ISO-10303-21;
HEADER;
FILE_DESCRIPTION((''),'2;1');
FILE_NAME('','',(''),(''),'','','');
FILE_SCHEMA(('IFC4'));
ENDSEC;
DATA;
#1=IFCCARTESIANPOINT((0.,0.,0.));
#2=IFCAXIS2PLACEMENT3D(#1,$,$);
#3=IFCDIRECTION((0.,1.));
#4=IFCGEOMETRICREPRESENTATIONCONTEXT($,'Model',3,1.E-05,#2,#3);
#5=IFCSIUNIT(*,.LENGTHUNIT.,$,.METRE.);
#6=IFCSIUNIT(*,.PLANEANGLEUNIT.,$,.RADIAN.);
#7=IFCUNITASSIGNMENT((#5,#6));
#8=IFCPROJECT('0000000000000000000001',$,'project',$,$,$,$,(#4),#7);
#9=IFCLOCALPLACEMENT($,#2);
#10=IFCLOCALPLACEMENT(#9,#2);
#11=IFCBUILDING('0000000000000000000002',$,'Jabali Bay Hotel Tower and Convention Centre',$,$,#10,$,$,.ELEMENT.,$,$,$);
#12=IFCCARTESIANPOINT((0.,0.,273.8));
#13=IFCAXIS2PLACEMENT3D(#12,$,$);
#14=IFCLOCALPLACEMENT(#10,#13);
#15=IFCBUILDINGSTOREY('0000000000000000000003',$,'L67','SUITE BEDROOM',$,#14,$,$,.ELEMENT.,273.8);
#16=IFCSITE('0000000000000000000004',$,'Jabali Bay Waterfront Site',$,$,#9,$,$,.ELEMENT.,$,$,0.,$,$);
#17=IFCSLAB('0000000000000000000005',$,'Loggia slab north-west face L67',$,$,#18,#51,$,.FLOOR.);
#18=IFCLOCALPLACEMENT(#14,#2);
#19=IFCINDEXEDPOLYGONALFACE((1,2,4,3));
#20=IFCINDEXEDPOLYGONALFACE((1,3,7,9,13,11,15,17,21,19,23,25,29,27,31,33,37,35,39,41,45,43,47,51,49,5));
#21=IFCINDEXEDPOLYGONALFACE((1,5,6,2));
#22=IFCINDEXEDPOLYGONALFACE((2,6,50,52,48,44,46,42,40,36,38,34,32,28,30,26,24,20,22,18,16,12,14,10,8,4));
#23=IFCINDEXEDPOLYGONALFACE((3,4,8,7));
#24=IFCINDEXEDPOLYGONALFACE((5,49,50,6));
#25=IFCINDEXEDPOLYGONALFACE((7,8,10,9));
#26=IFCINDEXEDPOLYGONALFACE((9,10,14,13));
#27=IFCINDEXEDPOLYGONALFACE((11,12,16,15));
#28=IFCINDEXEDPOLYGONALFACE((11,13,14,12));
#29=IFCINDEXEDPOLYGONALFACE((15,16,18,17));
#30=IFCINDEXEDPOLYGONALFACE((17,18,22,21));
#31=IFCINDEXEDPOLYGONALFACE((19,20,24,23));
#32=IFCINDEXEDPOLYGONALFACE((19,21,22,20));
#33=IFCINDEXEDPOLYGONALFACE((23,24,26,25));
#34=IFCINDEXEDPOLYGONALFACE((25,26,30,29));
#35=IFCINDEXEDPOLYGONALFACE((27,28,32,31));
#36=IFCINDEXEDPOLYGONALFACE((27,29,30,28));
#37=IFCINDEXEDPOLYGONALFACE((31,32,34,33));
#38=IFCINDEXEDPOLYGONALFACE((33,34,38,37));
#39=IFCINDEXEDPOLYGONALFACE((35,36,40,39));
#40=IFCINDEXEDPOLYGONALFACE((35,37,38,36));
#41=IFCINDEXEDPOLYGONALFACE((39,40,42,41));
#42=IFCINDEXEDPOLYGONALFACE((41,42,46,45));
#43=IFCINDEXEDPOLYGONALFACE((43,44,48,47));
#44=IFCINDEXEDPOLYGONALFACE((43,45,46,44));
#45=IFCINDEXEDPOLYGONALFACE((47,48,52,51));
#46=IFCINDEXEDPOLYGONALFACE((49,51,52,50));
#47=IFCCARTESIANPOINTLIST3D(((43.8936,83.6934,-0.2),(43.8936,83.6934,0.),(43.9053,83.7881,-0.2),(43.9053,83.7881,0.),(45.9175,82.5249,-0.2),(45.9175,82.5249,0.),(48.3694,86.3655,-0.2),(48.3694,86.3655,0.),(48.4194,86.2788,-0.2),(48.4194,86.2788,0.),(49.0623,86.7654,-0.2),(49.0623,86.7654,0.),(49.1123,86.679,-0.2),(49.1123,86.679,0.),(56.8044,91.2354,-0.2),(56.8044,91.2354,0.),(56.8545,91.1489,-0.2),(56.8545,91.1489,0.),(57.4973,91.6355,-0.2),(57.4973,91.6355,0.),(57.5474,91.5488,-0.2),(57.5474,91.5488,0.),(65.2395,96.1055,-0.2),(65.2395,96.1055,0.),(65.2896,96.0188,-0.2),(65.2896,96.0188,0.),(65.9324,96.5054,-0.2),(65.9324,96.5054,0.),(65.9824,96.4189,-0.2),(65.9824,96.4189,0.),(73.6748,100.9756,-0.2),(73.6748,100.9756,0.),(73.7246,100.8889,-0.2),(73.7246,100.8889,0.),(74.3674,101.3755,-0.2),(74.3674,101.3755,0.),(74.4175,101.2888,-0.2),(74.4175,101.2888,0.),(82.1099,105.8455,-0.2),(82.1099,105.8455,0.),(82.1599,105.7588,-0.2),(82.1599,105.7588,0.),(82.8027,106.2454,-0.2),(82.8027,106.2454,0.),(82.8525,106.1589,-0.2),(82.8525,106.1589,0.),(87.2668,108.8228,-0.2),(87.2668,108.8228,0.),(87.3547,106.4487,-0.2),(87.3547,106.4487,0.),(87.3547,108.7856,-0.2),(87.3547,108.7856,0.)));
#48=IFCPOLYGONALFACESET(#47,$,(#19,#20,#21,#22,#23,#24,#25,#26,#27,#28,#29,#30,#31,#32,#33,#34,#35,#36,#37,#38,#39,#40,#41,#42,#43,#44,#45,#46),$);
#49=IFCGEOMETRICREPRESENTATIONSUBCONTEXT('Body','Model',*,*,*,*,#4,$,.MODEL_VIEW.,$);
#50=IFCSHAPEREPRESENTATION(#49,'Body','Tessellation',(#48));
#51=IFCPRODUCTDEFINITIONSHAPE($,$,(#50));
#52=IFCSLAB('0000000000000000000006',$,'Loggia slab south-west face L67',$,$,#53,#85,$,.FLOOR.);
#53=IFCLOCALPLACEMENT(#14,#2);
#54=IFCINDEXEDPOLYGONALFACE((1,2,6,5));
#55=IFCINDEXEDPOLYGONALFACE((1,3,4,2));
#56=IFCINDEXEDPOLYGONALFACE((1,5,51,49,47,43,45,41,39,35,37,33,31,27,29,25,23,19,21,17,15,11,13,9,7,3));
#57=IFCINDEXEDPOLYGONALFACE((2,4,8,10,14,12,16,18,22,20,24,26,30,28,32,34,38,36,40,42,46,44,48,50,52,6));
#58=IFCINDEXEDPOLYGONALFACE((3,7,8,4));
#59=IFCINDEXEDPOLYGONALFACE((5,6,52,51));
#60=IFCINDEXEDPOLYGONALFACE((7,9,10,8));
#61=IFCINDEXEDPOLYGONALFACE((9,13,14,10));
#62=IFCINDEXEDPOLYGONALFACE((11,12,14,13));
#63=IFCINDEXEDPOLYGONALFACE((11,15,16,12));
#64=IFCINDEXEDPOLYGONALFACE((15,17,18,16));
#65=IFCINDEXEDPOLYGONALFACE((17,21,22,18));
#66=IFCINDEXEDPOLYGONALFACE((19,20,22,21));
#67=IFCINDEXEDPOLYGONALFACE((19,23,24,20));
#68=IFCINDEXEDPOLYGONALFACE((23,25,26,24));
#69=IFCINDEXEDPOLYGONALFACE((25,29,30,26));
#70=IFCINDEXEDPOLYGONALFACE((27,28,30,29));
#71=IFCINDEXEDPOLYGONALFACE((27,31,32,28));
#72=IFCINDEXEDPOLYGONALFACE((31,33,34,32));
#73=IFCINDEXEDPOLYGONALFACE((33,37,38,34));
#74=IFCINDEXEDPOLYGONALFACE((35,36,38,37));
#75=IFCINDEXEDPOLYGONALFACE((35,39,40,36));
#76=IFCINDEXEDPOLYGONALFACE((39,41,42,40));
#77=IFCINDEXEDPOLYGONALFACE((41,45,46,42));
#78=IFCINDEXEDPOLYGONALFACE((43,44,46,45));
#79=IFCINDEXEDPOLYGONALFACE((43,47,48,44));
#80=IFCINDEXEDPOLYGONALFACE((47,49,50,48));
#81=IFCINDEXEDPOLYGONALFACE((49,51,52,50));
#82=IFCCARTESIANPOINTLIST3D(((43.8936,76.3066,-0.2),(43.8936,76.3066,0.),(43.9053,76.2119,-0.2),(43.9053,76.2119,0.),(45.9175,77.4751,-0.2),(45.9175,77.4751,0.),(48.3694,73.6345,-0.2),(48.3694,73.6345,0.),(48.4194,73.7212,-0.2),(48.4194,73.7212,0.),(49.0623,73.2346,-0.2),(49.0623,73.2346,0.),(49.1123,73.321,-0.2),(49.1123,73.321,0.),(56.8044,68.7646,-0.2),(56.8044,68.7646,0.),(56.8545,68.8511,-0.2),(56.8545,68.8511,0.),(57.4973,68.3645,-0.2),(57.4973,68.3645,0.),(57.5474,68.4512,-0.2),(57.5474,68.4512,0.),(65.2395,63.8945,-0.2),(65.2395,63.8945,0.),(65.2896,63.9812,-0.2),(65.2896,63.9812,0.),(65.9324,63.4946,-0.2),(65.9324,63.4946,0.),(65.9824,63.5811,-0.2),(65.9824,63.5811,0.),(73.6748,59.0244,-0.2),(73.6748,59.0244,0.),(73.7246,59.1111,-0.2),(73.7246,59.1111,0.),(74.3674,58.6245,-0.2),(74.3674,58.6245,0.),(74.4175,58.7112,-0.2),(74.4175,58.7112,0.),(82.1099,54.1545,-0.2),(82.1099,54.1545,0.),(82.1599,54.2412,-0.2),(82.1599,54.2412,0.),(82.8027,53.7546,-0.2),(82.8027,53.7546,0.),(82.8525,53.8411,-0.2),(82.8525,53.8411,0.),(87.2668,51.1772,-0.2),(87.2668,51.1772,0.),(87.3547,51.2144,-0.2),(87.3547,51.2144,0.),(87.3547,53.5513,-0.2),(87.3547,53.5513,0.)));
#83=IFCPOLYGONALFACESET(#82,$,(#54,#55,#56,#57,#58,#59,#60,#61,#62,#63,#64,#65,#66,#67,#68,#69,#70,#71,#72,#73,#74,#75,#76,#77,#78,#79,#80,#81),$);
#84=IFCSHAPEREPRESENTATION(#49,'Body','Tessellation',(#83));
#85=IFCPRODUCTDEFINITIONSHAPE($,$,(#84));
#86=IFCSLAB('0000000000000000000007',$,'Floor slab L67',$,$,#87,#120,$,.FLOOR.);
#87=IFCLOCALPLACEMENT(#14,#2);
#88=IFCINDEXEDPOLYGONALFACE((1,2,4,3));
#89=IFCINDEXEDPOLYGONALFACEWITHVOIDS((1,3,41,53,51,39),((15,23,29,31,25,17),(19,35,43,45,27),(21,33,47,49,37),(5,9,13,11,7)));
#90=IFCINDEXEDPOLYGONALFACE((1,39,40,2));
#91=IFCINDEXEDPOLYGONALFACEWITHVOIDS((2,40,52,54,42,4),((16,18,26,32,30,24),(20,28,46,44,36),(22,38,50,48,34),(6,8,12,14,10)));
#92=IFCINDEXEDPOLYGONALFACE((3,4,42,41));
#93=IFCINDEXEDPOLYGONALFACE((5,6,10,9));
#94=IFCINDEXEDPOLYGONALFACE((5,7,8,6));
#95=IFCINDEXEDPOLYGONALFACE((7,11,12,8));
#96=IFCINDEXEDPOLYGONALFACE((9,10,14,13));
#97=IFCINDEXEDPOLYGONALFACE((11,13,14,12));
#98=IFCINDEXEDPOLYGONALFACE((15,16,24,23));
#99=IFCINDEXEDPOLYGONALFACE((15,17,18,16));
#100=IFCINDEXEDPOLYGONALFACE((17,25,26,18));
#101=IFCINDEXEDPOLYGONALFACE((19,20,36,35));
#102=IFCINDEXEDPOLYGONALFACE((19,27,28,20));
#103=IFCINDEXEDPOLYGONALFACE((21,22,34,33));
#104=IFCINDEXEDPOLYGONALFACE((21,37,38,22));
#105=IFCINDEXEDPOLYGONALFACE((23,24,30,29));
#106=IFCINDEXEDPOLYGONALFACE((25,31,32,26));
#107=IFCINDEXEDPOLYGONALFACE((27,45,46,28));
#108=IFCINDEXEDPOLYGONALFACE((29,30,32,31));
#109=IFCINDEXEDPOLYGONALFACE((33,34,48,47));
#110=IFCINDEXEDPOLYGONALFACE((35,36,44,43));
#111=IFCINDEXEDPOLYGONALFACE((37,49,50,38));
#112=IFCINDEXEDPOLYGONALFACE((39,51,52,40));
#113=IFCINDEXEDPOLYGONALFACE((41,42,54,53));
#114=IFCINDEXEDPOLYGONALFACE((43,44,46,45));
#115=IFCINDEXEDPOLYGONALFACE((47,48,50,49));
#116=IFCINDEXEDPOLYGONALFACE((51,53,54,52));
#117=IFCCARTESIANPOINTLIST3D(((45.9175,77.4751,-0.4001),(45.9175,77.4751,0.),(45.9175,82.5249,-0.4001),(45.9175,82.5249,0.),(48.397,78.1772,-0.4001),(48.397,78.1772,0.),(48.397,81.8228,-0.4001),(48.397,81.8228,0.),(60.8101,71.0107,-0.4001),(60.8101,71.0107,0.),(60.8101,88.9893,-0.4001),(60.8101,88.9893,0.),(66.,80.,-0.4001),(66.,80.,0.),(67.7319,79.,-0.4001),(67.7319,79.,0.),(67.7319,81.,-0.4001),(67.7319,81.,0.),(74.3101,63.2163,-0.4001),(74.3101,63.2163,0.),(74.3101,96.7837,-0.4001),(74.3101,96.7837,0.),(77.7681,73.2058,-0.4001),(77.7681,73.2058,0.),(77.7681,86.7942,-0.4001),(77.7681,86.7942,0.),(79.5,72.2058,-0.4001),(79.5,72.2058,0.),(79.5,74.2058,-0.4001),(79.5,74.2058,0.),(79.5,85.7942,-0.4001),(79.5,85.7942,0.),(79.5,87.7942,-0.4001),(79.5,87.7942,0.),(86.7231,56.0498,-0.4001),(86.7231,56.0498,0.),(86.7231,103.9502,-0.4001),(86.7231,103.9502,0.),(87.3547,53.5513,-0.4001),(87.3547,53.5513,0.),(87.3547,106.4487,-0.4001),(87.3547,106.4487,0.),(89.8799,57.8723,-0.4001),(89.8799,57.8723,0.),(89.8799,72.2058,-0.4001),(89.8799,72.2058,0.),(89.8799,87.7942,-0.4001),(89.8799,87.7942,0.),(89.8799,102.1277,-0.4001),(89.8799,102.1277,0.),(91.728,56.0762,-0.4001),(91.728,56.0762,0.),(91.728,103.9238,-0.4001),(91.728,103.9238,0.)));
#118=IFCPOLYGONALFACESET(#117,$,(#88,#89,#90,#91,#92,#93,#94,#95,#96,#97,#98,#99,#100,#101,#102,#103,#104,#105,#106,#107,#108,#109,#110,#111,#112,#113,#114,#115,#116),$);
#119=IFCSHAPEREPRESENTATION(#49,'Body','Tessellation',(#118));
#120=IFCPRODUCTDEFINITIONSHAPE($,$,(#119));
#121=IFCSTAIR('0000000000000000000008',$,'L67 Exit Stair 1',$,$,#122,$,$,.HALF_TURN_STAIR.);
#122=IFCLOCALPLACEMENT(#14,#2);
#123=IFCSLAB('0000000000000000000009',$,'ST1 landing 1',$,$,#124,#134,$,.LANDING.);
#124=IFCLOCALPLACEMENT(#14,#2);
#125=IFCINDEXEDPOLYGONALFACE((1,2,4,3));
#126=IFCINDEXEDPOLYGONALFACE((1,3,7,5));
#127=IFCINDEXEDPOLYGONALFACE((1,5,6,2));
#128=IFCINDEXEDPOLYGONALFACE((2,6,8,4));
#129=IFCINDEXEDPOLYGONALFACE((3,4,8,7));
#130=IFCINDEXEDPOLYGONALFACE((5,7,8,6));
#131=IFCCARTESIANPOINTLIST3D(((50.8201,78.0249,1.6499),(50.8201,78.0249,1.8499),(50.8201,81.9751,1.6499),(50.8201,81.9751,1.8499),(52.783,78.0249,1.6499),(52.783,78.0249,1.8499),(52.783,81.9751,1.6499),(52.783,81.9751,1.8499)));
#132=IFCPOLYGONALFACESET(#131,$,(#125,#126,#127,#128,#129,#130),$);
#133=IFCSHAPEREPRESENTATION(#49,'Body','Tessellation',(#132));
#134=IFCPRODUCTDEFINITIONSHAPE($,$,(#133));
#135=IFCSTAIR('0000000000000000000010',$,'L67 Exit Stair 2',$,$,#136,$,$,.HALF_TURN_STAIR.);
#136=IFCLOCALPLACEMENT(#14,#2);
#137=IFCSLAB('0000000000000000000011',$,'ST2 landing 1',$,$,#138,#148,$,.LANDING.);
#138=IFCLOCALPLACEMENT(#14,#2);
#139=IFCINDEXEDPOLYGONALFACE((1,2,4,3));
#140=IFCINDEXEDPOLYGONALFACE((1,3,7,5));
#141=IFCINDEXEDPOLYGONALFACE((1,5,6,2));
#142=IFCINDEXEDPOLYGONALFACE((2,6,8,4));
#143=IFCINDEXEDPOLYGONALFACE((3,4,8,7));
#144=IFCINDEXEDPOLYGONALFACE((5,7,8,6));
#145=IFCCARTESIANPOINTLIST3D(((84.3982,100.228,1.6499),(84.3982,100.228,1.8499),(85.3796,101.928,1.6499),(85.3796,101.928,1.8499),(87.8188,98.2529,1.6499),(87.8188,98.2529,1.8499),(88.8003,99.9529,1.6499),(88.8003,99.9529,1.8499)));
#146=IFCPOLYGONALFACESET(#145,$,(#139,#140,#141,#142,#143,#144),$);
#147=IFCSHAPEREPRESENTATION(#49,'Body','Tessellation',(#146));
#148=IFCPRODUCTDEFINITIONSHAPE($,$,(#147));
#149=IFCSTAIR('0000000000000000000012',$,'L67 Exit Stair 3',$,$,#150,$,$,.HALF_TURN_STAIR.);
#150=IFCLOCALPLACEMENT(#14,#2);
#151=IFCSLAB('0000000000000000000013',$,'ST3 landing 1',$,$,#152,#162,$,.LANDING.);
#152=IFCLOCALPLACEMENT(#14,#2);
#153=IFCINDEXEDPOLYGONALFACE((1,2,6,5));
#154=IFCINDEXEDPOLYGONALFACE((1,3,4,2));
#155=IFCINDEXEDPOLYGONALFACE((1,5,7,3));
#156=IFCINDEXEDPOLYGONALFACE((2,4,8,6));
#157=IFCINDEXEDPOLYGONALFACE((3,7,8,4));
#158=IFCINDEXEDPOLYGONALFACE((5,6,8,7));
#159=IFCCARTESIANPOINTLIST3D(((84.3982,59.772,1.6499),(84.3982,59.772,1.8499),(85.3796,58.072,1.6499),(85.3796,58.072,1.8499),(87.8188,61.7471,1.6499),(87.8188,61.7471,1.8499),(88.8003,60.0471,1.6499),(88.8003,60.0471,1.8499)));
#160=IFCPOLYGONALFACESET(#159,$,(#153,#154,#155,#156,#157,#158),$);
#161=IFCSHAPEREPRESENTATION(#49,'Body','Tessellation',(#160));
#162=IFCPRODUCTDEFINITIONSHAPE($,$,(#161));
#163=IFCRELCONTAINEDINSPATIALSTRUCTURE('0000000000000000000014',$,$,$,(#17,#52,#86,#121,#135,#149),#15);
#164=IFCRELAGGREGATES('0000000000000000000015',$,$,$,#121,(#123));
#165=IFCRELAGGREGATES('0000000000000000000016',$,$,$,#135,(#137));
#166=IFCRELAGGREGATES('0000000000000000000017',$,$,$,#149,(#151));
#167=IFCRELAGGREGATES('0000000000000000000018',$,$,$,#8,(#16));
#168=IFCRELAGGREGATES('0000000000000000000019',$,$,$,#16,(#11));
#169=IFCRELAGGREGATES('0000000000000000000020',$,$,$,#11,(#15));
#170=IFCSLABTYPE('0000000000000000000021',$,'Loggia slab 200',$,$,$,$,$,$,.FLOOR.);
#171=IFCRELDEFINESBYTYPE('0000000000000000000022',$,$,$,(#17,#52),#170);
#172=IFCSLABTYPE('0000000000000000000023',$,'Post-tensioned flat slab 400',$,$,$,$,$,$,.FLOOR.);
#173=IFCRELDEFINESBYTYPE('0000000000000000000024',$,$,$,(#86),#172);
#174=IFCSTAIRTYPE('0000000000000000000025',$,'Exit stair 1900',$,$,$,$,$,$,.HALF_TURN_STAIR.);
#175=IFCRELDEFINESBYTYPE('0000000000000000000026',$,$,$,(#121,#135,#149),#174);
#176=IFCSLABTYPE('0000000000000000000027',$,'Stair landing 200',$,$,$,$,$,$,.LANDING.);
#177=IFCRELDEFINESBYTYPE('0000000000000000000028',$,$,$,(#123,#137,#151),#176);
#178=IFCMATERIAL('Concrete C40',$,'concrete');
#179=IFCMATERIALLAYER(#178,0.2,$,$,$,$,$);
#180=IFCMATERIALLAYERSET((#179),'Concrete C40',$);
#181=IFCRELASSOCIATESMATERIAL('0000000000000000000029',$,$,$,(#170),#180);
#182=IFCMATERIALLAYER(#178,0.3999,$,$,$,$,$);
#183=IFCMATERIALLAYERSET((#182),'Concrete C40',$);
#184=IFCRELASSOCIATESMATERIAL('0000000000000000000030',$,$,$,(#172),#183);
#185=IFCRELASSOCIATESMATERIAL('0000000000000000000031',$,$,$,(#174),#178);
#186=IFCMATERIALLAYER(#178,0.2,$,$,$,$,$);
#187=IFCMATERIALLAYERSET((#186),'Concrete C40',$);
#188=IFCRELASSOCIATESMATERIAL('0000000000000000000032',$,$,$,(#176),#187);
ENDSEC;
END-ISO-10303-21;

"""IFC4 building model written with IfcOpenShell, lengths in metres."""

from ifc_helpers import new_model, si_unit, direction, frame, origin, place, context, subcontext, project, spatial, polyline, outline, extrude, material, layer, layer_set, type_object, element, aggregate, save


model = new_model("IFC4")

# Units and contexts
model_context = context("Model", 3, precision=1e-05, world=origin(), true_north=direction((0.0, 1.0)))
body_context = subcontext(model_context, "Body", "Model", "MODEL_VIEW")
ifc_project = project(units=[si_unit("LENGTHUNIT", "METRE"), si_unit("PLANEANGLEUNIT", "RADIAN")], contexts=[model_context])

# Site, building, storey
site_placement = place(None, origin())
site = spatial("IfcSite", under=ifc_project, at=site_placement, Name="Jabali Bay Waterfront Site", CompositionType="ELEMENT", RefElevation=0.0)
building_placement = place(site_placement, origin())
building = spatial("IfcBuilding", under=site, at=building_placement, Name="Jabali Bay Hotel Tower and Convention Centre", CompositionType="ELEMENT")
storey_placement = place(building_placement, frame((0.0, 0.0, 273.8)))
storey = spatial("IfcBuildingStorey", under=building, at=storey_placement, Name="L67", Description="SUITE BEDROOM", CompositionType="ELEMENT", Elevation=273.8)

# Slabs
ifc_material_1 = material(Name="Concrete C40", Category="concrete")
ifc_layer_1 = layer(ifc_material_1, 0.2)
ifc_layer_set_1 = layer_set([ifc_layer_1], Name="Concrete C40")
slab_type_1 = type_object("IfcSlabType", Name="Loggia slab 200", PredefinedType="FLOOR", material=ifc_layer_set_1)
slab_1_placement = place(storey_placement, frame((0.0, 0.0, -0.2)))
element("IfcSlab", 1, at=slab_1_placement, inside=storey, type_object=slab_type_1, Name="Loggia slab north-west face L67", PredefinedType="FLOOR", context=body_context, shape_type="SweptSolid", body=[
    extrude(outline(polyline([(45.9175, 82.5249), (43.8936, 83.6934), (43.9053, 83.7881), (48.3694, 86.3655), (48.4194, 86.2788), (49.1123, 86.679), (49.0623, 86.7654), (56.8044, 91.2354), (56.8545, 91.1489), (57.5474, 91.5488), (57.4973, 91.6355), (65.2395, 96.1055), (65.2896, 96.0188), (65.9824, 96.4189), (65.9324, 96.5054), (73.6748, 100.9756), (73.7246, 100.8889), (74.4175, 101.2888), (74.3674, 101.3755), (82.1099, 105.8455), (82.1599, 105.7588), (82.8525, 106.1589), (82.8027, 106.2454), (87.2668, 108.8228), (87.3547, 108.7856), (87.3547, 106.4487), (45.9175, 82.5249)])), origin(), (0.0, 0.0, 1.0), 0.2),
])
slab_2_placement = place(storey_placement, frame((0.0, 0.0, -0.2)))
element("IfcSlab", 2, at=slab_2_placement, inside=storey, type_object=slab_type_1, Name="Loggia slab south-west face L67", PredefinedType="FLOOR", context=body_context, shape_type="SweptSolid", body=[
    extrude(outline(polyline([(87.3547, 53.5513), (87.3547, 51.2144), (87.2668, 51.1772), (82.8027, 53.7546), (82.8525, 53.8411), (82.1599, 54.2412), (82.1099, 54.1545), (74.3674, 58.6245), (74.4175, 58.7112), (73.7246, 59.1111), (73.6748, 59.0244), (65.9324, 63.4946), (65.9824, 63.5811), (65.2896, 63.9812), (65.2395, 63.8945), (57.4973, 68.3645), (57.5474, 68.4512), (56.8545, 68.8511), (56.8044, 68.7646), (49.0623, 73.2346), (49.1123, 73.321), (48.4194, 73.7212), (48.3694, 73.6345), (43.9053, 76.2119), (43.8936, 76.3066), (45.9175, 77.4751), (87.3547, 53.5513)])), origin(), (0.0, 0.0, 1.0), 0.2),
])
ifc_layer_2 = layer(ifc_material_1, 0.3999)
ifc_layer_set_2 = layer_set([ifc_layer_2], Name="Concrete C40")
slab_type_2 = type_object("IfcSlabType", Name="Post-tensioned flat slab 400", PredefinedType="FLOOR", material=ifc_layer_set_2)
slab_3_placement = place(storey_placement, frame((0.0, 0.0, -0.4001)))
element("IfcSlab", 3, at=slab_3_placement, inside=storey, type_object=slab_type_2, Name="Floor slab L67", PredefinedType="FLOOR", context=body_context, shape_type="SweptSolid", body=[
    extrude(outline(polyline([(87.3547, 106.4487), (91.728, 103.9238), (91.728, 56.0762), (87.3547, 53.5513), (45.9175, 77.4751), (45.9175, 82.5249), (87.3547, 106.4487)]), holes=[polyline([(67.7319, 79.0), (77.7681, 73.2058), (79.5, 74.2058), (79.5, 85.7942), (77.7681, 86.7942), (67.7319, 81.0), (67.7319, 79.0)]), polyline([(48.397, 78.1772), (60.8101, 71.0107), (66.0, 80.0), (60.8101, 88.9893), (48.397, 81.8228), (48.397, 78.1772)]), polyline([(89.8799, 102.1277), (86.7231, 103.9502), (74.3101, 96.7837), (79.5, 87.7942), (89.8799, 87.7942), (89.8799, 102.1277)]), polyline([(74.3101, 63.2163), (86.7231, 56.0498), (89.8799, 57.8723), (89.8799, 72.2058), (79.5, 72.2058), (74.3101, 63.2163)])]), origin(), (0.0, 0.0, 1.0), 0.4001),
])

# Stairs, slabs
stair_type = type_object("IfcStairType", Name="Exit stair 1900", PredefinedType="HALF_TURN_STAIR", material=ifc_material_1)
stair_1_placement = place(storey_placement, origin())
stair_1 = element("IfcStair", 4, at=stair_1_placement, inside=storey, type_object=stair_type, Name="L67 Exit Stair 1", PredefinedType="HALF_TURN_STAIR")
ifc_layer_3 = layer(ifc_material_1, 0.2)
ifc_layer_set_3 = layer_set([ifc_layer_3], Name="Concrete C40")
slab_type_3 = type_object("IfcSlabType", Name="Stair landing 200", PredefinedType="LANDING", material=ifc_layer_set_3)
slab_4_placement = place(storey_placement, frame((0.0, 0.0, 1.6499)))
slab_4 = element("IfcSlab", 5, at=slab_4_placement, type_object=slab_type_3, Name="ST1 landing 1", PredefinedType="LANDING", context=body_context, shape_type="SweptSolid", body=[
    extrude(outline(polyline([(52.783, 81.9751), (50.8201, 81.9751), (50.8201, 78.0249), (52.783, 78.0249), (52.783, 81.9751)])), origin(), (0.0, 0.0, 1.0), 0.2),
])
aggregate(stair_1, [slab_4])
stair_2_placement = place(storey_placement, origin())
stair_2 = element("IfcStair", 6, at=stair_2_placement, inside=storey, type_object=stair_type, Name="L67 Exit Stair 2", PredefinedType="HALF_TURN_STAIR")
slab_5_placement = place(storey_placement, frame((0.0, 0.0, 1.6499)))
slab_5 = element("IfcSlab", 7, at=slab_5_placement, type_object=slab_type_3, Name="ST2 landing 1", PredefinedType="LANDING", context=body_context, shape_type="SweptSolid", body=[
    extrude(outline(polyline([(87.8188, 98.2529), (88.8003, 99.9529), (85.3796, 101.928), (84.3982, 100.228), (87.8188, 98.2529)])), origin(), (0.0, 0.0, 1.0), 0.2),
])
aggregate(stair_2, [slab_5])
stair_3_placement = place(storey_placement, origin())
stair_3 = element("IfcStair", 8, at=stair_3_placement, inside=storey, type_object=stair_type, Name="L67 Exit Stair 3", PredefinedType="HALF_TURN_STAIR")
slab_6_placement = place(storey_placement, frame((0.0, 0.0, 1.6499)))
slab_6 = element("IfcSlab", 9, at=slab_6_placement, type_object=slab_type_3, Name="ST3 landing 1", PredefinedType="LANDING", context=body_context, shape_type="SweptSolid", body=[
    extrude(outline(polyline([(84.3982, 59.772), (85.3796, 58.072), (88.8003, 60.0471), (87.8188, 61.7471), (84.3982, 59.772)])), origin(), (0.0, 0.0, 1.0), 0.2),
])
aggregate(stair_3, [slab_6])

save(model, "model.ifc")
